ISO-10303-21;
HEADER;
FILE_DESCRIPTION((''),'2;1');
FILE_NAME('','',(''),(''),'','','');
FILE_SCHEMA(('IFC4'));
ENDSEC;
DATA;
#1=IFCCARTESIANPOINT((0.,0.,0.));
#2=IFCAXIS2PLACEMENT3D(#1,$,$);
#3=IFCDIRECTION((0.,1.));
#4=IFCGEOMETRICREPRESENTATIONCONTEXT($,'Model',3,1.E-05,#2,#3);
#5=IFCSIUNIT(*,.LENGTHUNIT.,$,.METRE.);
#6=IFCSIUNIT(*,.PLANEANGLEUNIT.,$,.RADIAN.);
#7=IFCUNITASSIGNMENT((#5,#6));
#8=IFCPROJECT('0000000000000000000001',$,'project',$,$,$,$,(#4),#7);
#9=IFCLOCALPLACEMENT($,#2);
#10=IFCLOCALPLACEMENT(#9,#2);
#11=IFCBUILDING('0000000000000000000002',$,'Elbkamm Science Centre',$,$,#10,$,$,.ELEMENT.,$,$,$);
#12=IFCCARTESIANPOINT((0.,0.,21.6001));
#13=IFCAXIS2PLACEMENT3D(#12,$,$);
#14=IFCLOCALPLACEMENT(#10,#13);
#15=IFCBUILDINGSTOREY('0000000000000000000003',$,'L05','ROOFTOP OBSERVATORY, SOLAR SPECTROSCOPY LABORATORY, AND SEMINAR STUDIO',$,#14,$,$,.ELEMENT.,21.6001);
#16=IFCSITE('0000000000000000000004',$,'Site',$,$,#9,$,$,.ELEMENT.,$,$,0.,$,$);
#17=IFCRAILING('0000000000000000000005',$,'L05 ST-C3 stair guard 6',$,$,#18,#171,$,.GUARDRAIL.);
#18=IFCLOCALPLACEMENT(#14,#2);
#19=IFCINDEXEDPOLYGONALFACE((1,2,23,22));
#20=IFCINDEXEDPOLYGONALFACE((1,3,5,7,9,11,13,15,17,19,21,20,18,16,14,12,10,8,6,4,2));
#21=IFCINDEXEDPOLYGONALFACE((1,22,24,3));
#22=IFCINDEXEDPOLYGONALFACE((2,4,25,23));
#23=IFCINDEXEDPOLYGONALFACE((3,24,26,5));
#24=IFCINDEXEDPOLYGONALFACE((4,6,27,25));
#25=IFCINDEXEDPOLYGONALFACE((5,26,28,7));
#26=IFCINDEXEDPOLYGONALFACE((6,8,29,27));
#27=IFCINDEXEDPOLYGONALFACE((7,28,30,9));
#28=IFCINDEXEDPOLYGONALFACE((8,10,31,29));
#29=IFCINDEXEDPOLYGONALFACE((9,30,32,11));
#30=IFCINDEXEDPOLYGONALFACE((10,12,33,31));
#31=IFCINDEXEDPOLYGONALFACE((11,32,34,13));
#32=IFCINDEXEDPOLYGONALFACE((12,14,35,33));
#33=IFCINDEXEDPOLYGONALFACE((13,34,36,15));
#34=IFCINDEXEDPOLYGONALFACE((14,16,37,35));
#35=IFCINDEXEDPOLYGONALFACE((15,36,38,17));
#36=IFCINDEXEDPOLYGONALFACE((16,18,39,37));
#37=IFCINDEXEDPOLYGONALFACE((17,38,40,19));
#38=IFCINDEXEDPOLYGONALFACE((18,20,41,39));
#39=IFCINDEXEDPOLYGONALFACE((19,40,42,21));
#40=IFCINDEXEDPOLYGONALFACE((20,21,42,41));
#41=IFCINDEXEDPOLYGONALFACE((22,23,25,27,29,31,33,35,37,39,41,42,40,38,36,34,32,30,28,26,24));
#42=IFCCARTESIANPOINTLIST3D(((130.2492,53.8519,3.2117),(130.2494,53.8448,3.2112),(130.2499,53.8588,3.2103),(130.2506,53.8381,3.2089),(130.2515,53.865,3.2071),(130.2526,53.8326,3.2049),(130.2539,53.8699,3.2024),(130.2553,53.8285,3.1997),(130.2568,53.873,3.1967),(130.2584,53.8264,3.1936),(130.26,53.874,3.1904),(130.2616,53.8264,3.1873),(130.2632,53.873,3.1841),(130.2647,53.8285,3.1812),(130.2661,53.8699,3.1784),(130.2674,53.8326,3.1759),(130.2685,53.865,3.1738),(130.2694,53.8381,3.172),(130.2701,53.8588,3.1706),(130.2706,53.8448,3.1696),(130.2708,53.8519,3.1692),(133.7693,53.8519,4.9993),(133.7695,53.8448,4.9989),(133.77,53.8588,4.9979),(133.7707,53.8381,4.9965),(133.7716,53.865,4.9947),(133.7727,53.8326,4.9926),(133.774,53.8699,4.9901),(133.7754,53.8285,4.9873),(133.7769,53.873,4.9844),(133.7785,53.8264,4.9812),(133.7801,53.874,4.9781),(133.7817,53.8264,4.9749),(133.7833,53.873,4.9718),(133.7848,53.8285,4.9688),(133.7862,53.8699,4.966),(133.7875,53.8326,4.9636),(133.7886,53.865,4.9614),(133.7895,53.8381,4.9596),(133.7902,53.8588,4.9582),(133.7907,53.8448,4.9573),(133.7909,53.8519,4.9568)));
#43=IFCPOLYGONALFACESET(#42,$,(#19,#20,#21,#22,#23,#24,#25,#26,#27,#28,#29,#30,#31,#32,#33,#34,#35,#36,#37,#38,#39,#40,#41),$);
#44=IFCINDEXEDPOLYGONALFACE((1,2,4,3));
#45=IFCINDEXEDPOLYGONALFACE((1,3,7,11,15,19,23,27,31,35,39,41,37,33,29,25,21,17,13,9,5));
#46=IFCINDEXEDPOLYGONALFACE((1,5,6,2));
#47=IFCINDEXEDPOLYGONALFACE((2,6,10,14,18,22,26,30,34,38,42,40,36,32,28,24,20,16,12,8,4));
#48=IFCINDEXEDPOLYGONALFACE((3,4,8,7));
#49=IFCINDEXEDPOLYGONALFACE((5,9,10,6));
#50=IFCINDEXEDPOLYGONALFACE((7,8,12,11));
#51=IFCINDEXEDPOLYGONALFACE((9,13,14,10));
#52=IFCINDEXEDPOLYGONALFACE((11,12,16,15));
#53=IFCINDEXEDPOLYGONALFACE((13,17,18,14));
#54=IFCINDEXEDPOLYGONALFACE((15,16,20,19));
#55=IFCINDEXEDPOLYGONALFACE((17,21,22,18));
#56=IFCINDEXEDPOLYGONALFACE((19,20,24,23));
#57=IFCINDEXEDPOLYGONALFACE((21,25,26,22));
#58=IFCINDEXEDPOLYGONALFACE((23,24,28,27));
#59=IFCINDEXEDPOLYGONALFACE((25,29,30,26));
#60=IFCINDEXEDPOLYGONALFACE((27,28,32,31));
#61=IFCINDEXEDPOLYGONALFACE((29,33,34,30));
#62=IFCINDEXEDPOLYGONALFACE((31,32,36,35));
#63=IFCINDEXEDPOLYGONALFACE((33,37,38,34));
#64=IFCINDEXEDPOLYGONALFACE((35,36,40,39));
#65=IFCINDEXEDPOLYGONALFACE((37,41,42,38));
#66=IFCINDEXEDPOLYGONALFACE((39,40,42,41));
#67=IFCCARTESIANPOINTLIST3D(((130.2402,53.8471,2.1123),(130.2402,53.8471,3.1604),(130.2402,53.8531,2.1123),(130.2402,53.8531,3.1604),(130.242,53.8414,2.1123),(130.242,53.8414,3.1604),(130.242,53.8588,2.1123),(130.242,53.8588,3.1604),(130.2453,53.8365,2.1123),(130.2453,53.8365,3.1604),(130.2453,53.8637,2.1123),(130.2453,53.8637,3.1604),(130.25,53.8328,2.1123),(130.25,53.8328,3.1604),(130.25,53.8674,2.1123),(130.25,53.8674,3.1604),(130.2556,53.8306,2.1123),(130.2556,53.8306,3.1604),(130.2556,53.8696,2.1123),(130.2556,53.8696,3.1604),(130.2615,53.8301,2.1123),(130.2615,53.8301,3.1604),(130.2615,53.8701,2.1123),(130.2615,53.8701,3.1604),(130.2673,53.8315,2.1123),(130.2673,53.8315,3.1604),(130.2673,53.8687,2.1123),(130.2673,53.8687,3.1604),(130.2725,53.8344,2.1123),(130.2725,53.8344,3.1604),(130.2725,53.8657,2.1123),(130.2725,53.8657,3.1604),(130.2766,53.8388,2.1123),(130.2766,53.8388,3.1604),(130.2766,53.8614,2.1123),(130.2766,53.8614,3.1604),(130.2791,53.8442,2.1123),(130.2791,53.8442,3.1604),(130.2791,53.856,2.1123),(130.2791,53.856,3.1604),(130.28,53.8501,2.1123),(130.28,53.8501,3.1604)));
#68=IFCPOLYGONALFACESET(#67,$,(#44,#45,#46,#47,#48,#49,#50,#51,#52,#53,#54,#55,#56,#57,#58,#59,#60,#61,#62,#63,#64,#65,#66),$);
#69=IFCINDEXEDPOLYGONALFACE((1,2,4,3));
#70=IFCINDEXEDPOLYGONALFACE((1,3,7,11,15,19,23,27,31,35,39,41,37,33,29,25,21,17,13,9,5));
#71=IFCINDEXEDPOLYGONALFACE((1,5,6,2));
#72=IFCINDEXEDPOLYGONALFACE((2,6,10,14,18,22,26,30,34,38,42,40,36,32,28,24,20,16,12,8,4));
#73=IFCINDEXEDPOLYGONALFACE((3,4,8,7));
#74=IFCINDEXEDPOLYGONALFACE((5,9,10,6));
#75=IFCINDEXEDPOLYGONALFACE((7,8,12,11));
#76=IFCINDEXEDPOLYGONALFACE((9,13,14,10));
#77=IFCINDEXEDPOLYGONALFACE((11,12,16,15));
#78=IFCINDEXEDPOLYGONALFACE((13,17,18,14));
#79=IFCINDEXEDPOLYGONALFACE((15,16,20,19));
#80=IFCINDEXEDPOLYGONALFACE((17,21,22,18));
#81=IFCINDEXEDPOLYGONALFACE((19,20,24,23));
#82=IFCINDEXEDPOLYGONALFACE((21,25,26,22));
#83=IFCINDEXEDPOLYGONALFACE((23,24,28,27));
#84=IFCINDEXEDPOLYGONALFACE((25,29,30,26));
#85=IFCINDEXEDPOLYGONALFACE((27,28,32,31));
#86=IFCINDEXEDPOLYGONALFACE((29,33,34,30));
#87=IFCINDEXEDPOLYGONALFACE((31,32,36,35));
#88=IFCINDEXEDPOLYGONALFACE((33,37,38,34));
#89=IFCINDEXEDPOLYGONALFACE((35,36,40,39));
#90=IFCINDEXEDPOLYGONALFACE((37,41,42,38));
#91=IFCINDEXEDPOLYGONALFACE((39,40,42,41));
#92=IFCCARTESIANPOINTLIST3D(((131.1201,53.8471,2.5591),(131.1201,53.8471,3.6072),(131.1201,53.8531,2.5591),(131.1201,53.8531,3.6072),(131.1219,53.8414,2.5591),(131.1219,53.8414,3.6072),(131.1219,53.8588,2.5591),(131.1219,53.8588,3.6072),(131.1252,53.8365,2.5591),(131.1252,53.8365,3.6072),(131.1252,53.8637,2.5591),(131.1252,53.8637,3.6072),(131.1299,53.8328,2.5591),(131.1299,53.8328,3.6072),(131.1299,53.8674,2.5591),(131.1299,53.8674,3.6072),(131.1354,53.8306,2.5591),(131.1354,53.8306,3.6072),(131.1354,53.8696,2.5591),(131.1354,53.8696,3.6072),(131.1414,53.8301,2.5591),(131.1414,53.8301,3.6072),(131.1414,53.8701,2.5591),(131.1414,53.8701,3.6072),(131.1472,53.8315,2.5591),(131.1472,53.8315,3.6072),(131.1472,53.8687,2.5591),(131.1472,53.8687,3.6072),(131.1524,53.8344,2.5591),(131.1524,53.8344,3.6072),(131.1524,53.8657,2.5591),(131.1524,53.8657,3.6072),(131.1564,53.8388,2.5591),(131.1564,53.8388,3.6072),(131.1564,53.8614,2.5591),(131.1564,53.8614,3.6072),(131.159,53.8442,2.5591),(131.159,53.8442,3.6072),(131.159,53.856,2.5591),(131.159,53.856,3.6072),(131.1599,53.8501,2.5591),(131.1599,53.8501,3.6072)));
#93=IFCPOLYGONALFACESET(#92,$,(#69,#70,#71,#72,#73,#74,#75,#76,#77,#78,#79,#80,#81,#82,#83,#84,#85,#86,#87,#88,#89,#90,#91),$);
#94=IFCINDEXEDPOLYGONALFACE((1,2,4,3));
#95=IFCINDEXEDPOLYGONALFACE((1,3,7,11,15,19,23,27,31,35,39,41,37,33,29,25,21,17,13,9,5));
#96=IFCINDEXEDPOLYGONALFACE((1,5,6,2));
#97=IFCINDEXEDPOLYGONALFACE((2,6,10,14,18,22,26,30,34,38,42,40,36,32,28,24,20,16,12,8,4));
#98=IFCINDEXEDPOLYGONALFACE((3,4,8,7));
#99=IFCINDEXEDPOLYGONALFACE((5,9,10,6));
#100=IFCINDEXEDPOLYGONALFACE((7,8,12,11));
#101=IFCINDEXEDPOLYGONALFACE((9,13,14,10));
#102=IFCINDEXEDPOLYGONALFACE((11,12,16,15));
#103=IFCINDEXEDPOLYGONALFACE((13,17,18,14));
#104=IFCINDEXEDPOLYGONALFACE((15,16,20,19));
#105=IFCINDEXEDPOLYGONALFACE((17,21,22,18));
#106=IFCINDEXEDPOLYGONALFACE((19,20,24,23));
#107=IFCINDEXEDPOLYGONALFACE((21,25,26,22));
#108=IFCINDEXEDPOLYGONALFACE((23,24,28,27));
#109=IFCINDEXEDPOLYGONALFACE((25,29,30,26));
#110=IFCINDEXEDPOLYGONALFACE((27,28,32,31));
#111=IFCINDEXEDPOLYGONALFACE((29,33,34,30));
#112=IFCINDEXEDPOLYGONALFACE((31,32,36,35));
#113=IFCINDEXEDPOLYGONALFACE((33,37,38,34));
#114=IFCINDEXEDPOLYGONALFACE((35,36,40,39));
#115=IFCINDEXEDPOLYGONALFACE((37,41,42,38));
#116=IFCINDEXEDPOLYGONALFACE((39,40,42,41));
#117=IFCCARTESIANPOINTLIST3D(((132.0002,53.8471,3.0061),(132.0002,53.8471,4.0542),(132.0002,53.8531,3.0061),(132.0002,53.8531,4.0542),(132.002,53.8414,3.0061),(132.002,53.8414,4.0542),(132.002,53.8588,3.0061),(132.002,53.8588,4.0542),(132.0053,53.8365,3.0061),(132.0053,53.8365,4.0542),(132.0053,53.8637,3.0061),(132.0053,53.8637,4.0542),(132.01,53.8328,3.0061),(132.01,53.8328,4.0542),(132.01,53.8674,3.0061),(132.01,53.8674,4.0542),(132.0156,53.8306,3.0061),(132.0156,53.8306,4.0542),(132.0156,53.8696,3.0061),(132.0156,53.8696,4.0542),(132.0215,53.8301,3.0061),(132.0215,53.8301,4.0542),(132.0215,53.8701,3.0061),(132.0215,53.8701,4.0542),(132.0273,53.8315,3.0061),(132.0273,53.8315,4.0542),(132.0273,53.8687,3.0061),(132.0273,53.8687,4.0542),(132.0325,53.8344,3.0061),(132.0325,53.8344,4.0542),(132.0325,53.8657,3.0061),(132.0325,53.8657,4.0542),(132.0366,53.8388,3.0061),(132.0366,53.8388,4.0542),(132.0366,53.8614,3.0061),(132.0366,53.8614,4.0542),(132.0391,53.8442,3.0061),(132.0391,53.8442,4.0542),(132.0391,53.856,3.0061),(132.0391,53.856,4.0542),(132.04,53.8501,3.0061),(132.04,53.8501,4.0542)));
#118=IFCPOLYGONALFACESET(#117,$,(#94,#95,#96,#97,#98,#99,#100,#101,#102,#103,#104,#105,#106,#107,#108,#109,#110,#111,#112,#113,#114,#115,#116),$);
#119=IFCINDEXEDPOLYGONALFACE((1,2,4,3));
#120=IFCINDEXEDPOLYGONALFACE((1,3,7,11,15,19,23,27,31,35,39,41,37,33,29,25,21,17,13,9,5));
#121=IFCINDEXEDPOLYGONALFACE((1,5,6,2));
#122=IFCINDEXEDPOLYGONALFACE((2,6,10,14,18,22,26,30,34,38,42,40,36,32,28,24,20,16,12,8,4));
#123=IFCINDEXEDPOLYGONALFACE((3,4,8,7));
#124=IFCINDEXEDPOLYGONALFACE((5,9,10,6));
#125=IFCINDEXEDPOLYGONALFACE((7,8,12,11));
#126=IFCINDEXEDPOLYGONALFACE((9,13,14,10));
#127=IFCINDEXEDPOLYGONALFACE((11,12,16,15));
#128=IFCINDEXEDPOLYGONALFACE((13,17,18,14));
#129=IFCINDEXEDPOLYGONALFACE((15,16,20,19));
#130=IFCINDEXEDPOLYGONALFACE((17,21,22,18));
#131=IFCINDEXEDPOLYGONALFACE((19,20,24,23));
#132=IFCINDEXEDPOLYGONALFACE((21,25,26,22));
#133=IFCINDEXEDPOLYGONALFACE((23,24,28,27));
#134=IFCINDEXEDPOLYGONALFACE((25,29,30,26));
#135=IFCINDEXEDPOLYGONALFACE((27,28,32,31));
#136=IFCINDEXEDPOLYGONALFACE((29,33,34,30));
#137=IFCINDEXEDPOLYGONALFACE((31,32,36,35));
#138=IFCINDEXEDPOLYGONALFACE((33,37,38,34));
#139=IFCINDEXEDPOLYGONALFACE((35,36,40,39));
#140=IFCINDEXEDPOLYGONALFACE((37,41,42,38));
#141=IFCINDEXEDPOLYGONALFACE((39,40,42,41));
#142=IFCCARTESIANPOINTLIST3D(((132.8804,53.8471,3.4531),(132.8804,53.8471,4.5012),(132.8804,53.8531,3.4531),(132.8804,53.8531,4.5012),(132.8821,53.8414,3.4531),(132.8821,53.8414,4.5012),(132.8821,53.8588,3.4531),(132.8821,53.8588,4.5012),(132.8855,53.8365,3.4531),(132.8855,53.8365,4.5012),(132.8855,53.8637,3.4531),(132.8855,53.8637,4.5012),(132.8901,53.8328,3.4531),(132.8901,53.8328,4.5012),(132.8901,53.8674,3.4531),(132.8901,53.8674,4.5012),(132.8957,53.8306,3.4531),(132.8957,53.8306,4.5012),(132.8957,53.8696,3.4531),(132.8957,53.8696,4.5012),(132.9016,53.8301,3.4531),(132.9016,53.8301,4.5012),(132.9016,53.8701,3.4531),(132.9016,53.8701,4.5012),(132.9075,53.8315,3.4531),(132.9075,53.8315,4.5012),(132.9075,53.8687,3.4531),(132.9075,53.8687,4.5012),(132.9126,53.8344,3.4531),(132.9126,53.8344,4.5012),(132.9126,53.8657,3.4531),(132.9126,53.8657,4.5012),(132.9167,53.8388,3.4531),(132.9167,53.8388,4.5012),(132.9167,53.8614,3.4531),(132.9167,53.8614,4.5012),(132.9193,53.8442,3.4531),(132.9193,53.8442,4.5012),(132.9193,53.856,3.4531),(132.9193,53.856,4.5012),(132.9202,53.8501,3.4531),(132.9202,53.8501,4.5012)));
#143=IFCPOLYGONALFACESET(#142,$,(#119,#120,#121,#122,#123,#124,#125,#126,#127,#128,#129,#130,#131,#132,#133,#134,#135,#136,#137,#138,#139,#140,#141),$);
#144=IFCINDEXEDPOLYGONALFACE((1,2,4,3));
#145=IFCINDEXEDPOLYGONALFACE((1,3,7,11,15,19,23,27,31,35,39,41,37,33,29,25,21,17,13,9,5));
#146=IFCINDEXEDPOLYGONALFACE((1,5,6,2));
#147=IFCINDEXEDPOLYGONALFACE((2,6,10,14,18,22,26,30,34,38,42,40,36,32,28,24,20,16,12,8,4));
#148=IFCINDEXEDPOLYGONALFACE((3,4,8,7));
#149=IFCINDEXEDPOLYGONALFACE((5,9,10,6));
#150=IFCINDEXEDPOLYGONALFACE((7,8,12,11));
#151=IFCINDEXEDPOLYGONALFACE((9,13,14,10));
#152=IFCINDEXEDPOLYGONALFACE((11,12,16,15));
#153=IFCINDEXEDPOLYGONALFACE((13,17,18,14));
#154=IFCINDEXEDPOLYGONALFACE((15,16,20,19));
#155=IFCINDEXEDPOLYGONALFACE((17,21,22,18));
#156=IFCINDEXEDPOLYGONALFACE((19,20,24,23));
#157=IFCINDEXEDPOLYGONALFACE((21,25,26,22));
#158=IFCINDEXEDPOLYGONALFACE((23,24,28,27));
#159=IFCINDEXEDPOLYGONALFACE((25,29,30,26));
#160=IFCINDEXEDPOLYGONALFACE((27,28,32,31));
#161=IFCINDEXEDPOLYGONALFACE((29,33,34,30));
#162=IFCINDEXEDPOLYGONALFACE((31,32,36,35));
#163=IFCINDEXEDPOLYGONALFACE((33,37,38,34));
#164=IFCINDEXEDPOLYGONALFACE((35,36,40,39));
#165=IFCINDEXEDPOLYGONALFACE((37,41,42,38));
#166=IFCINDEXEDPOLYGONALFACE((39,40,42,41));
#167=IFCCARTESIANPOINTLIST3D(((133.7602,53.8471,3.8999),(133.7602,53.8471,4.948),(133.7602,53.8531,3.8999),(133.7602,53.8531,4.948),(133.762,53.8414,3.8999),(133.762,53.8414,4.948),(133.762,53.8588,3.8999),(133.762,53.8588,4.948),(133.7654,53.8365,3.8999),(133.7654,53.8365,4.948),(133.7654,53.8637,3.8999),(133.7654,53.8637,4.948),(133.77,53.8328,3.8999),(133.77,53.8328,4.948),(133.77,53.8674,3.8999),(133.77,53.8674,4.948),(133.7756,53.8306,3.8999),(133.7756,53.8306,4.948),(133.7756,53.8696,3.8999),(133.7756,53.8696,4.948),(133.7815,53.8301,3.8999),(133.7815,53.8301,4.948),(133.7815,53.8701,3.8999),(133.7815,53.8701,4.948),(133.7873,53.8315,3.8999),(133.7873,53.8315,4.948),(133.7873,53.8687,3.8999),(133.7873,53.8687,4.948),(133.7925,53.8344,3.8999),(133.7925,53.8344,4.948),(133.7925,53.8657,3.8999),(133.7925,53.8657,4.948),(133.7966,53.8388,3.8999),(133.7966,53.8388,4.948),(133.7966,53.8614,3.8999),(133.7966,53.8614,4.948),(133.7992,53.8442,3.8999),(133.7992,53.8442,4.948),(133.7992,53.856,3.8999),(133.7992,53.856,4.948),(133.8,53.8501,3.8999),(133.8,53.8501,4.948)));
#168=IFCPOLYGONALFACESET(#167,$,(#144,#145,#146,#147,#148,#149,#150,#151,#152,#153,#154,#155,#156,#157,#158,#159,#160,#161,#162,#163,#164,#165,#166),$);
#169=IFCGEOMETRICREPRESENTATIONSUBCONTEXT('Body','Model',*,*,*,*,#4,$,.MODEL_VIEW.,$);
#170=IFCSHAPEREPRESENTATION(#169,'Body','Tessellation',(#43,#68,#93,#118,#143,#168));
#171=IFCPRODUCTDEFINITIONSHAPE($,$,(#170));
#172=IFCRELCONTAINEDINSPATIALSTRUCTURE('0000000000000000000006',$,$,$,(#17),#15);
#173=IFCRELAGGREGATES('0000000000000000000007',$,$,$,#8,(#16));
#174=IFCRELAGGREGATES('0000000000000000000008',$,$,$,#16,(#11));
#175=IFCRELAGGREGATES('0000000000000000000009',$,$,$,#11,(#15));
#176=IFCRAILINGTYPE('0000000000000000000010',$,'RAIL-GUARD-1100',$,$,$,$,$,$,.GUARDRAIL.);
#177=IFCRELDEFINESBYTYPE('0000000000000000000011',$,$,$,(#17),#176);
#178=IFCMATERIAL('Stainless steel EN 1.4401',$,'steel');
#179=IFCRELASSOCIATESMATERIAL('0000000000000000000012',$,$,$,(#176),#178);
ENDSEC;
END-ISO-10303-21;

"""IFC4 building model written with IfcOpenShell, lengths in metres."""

from ifc_helpers import new_model, si_unit, direction, frame, origin, origin_2d, place, context, subcontext, project, spatial, circle, extrude, material, type_object, element, save


model = new_model("IFC4")

# Units and contexts
model_context = context("Model", 3, precision=1e-05, world=origin(), true_north=direction((0.0, 1.0)))
body_context = subcontext(model_context, "Body", "Model", "MODEL_VIEW")
ifc_project = project(units=[si_unit("LENGTHUNIT", "METRE"), si_unit("PLANEANGLEUNIT", "RADIAN")], contexts=[model_context])

# Site, building, storey
site_placement = place(None, origin())
site = spatial("IfcSite", under=ifc_project, at=site_placement, Name="Site", CompositionType="ELEMENT", RefElevation=0.0)
building_placement = place(site_placement, origin())
building = spatial("IfcBuilding", under=site, at=building_placement, Name="Elbkamm Science Centre", CompositionType="ELEMENT")
storey_placement = place(building_placement, frame((0.0, 0.0, 21.6001)))
storey = spatial("IfcBuildingStorey", under=building, at=storey_placement, Name="L05", Description="ROOFTOP OBSERVATORY, SOLAR SPECTROSCOPY LABORATORY, AND SEMINAR STUDIO", CompositionType="ELEMENT", Elevation=21.6001)

# Railing
ifc_material_1 = material(Name="Stainless steel EN 1.4401", Category="steel")
railing_type_1 = type_object("IfcRailingType", Name="RAIL-GUARD-1100", PredefinedType="GUARDRAIL", material=ifc_material_1)
railing_1_placement = place(storey_placement, frame((130.26, 53.8501, 2.1123)))
element("IfcRailing", 1, at=railing_1_placement, inside=storey, type_object=railing_type_1, Name="L05 ST-C3 stair guard 6", PredefinedType="GUARDRAIL", context=body_context, shape_type="SweptSolid", body=[
    extrude(circle(Radius=0.0239, at=origin_2d()), frame((0.0, 0.0, 1.0781), z_axis=(0.891615, 0.0, 0.452795), x_axis=(0.0, 1.0, 0.0)), (0.0, 0.0, 1.0), 3.948),
    extrude(circle(Radius=0.02, at=origin_2d()), origin(), (0.0, 0.0, 1.0), 1.0481),
    extrude(circle(Radius=0.02, at=origin_2d()), frame((0.8799, 0.0, 0.4468)), (0.0, 0.0, 1.0), 1.0481),
    extrude(circle(Radius=0.02, at=origin_2d()), frame((1.76, 0.0, 0.8938)), (0.0, 0.0, 1.0), 1.0481),
    extrude(circle(Radius=0.02, at=origin_2d()), frame((2.6401, 0.0, 1.3408)), (0.0, 0.0, 1.0), 1.0481),
    extrude(circle(Radius=0.02, at=origin_2d()), frame((3.52, 0.0, 1.7876)), (0.0, 0.0, 1.0), 1.0481),
])

save(model, "model.ifc")
